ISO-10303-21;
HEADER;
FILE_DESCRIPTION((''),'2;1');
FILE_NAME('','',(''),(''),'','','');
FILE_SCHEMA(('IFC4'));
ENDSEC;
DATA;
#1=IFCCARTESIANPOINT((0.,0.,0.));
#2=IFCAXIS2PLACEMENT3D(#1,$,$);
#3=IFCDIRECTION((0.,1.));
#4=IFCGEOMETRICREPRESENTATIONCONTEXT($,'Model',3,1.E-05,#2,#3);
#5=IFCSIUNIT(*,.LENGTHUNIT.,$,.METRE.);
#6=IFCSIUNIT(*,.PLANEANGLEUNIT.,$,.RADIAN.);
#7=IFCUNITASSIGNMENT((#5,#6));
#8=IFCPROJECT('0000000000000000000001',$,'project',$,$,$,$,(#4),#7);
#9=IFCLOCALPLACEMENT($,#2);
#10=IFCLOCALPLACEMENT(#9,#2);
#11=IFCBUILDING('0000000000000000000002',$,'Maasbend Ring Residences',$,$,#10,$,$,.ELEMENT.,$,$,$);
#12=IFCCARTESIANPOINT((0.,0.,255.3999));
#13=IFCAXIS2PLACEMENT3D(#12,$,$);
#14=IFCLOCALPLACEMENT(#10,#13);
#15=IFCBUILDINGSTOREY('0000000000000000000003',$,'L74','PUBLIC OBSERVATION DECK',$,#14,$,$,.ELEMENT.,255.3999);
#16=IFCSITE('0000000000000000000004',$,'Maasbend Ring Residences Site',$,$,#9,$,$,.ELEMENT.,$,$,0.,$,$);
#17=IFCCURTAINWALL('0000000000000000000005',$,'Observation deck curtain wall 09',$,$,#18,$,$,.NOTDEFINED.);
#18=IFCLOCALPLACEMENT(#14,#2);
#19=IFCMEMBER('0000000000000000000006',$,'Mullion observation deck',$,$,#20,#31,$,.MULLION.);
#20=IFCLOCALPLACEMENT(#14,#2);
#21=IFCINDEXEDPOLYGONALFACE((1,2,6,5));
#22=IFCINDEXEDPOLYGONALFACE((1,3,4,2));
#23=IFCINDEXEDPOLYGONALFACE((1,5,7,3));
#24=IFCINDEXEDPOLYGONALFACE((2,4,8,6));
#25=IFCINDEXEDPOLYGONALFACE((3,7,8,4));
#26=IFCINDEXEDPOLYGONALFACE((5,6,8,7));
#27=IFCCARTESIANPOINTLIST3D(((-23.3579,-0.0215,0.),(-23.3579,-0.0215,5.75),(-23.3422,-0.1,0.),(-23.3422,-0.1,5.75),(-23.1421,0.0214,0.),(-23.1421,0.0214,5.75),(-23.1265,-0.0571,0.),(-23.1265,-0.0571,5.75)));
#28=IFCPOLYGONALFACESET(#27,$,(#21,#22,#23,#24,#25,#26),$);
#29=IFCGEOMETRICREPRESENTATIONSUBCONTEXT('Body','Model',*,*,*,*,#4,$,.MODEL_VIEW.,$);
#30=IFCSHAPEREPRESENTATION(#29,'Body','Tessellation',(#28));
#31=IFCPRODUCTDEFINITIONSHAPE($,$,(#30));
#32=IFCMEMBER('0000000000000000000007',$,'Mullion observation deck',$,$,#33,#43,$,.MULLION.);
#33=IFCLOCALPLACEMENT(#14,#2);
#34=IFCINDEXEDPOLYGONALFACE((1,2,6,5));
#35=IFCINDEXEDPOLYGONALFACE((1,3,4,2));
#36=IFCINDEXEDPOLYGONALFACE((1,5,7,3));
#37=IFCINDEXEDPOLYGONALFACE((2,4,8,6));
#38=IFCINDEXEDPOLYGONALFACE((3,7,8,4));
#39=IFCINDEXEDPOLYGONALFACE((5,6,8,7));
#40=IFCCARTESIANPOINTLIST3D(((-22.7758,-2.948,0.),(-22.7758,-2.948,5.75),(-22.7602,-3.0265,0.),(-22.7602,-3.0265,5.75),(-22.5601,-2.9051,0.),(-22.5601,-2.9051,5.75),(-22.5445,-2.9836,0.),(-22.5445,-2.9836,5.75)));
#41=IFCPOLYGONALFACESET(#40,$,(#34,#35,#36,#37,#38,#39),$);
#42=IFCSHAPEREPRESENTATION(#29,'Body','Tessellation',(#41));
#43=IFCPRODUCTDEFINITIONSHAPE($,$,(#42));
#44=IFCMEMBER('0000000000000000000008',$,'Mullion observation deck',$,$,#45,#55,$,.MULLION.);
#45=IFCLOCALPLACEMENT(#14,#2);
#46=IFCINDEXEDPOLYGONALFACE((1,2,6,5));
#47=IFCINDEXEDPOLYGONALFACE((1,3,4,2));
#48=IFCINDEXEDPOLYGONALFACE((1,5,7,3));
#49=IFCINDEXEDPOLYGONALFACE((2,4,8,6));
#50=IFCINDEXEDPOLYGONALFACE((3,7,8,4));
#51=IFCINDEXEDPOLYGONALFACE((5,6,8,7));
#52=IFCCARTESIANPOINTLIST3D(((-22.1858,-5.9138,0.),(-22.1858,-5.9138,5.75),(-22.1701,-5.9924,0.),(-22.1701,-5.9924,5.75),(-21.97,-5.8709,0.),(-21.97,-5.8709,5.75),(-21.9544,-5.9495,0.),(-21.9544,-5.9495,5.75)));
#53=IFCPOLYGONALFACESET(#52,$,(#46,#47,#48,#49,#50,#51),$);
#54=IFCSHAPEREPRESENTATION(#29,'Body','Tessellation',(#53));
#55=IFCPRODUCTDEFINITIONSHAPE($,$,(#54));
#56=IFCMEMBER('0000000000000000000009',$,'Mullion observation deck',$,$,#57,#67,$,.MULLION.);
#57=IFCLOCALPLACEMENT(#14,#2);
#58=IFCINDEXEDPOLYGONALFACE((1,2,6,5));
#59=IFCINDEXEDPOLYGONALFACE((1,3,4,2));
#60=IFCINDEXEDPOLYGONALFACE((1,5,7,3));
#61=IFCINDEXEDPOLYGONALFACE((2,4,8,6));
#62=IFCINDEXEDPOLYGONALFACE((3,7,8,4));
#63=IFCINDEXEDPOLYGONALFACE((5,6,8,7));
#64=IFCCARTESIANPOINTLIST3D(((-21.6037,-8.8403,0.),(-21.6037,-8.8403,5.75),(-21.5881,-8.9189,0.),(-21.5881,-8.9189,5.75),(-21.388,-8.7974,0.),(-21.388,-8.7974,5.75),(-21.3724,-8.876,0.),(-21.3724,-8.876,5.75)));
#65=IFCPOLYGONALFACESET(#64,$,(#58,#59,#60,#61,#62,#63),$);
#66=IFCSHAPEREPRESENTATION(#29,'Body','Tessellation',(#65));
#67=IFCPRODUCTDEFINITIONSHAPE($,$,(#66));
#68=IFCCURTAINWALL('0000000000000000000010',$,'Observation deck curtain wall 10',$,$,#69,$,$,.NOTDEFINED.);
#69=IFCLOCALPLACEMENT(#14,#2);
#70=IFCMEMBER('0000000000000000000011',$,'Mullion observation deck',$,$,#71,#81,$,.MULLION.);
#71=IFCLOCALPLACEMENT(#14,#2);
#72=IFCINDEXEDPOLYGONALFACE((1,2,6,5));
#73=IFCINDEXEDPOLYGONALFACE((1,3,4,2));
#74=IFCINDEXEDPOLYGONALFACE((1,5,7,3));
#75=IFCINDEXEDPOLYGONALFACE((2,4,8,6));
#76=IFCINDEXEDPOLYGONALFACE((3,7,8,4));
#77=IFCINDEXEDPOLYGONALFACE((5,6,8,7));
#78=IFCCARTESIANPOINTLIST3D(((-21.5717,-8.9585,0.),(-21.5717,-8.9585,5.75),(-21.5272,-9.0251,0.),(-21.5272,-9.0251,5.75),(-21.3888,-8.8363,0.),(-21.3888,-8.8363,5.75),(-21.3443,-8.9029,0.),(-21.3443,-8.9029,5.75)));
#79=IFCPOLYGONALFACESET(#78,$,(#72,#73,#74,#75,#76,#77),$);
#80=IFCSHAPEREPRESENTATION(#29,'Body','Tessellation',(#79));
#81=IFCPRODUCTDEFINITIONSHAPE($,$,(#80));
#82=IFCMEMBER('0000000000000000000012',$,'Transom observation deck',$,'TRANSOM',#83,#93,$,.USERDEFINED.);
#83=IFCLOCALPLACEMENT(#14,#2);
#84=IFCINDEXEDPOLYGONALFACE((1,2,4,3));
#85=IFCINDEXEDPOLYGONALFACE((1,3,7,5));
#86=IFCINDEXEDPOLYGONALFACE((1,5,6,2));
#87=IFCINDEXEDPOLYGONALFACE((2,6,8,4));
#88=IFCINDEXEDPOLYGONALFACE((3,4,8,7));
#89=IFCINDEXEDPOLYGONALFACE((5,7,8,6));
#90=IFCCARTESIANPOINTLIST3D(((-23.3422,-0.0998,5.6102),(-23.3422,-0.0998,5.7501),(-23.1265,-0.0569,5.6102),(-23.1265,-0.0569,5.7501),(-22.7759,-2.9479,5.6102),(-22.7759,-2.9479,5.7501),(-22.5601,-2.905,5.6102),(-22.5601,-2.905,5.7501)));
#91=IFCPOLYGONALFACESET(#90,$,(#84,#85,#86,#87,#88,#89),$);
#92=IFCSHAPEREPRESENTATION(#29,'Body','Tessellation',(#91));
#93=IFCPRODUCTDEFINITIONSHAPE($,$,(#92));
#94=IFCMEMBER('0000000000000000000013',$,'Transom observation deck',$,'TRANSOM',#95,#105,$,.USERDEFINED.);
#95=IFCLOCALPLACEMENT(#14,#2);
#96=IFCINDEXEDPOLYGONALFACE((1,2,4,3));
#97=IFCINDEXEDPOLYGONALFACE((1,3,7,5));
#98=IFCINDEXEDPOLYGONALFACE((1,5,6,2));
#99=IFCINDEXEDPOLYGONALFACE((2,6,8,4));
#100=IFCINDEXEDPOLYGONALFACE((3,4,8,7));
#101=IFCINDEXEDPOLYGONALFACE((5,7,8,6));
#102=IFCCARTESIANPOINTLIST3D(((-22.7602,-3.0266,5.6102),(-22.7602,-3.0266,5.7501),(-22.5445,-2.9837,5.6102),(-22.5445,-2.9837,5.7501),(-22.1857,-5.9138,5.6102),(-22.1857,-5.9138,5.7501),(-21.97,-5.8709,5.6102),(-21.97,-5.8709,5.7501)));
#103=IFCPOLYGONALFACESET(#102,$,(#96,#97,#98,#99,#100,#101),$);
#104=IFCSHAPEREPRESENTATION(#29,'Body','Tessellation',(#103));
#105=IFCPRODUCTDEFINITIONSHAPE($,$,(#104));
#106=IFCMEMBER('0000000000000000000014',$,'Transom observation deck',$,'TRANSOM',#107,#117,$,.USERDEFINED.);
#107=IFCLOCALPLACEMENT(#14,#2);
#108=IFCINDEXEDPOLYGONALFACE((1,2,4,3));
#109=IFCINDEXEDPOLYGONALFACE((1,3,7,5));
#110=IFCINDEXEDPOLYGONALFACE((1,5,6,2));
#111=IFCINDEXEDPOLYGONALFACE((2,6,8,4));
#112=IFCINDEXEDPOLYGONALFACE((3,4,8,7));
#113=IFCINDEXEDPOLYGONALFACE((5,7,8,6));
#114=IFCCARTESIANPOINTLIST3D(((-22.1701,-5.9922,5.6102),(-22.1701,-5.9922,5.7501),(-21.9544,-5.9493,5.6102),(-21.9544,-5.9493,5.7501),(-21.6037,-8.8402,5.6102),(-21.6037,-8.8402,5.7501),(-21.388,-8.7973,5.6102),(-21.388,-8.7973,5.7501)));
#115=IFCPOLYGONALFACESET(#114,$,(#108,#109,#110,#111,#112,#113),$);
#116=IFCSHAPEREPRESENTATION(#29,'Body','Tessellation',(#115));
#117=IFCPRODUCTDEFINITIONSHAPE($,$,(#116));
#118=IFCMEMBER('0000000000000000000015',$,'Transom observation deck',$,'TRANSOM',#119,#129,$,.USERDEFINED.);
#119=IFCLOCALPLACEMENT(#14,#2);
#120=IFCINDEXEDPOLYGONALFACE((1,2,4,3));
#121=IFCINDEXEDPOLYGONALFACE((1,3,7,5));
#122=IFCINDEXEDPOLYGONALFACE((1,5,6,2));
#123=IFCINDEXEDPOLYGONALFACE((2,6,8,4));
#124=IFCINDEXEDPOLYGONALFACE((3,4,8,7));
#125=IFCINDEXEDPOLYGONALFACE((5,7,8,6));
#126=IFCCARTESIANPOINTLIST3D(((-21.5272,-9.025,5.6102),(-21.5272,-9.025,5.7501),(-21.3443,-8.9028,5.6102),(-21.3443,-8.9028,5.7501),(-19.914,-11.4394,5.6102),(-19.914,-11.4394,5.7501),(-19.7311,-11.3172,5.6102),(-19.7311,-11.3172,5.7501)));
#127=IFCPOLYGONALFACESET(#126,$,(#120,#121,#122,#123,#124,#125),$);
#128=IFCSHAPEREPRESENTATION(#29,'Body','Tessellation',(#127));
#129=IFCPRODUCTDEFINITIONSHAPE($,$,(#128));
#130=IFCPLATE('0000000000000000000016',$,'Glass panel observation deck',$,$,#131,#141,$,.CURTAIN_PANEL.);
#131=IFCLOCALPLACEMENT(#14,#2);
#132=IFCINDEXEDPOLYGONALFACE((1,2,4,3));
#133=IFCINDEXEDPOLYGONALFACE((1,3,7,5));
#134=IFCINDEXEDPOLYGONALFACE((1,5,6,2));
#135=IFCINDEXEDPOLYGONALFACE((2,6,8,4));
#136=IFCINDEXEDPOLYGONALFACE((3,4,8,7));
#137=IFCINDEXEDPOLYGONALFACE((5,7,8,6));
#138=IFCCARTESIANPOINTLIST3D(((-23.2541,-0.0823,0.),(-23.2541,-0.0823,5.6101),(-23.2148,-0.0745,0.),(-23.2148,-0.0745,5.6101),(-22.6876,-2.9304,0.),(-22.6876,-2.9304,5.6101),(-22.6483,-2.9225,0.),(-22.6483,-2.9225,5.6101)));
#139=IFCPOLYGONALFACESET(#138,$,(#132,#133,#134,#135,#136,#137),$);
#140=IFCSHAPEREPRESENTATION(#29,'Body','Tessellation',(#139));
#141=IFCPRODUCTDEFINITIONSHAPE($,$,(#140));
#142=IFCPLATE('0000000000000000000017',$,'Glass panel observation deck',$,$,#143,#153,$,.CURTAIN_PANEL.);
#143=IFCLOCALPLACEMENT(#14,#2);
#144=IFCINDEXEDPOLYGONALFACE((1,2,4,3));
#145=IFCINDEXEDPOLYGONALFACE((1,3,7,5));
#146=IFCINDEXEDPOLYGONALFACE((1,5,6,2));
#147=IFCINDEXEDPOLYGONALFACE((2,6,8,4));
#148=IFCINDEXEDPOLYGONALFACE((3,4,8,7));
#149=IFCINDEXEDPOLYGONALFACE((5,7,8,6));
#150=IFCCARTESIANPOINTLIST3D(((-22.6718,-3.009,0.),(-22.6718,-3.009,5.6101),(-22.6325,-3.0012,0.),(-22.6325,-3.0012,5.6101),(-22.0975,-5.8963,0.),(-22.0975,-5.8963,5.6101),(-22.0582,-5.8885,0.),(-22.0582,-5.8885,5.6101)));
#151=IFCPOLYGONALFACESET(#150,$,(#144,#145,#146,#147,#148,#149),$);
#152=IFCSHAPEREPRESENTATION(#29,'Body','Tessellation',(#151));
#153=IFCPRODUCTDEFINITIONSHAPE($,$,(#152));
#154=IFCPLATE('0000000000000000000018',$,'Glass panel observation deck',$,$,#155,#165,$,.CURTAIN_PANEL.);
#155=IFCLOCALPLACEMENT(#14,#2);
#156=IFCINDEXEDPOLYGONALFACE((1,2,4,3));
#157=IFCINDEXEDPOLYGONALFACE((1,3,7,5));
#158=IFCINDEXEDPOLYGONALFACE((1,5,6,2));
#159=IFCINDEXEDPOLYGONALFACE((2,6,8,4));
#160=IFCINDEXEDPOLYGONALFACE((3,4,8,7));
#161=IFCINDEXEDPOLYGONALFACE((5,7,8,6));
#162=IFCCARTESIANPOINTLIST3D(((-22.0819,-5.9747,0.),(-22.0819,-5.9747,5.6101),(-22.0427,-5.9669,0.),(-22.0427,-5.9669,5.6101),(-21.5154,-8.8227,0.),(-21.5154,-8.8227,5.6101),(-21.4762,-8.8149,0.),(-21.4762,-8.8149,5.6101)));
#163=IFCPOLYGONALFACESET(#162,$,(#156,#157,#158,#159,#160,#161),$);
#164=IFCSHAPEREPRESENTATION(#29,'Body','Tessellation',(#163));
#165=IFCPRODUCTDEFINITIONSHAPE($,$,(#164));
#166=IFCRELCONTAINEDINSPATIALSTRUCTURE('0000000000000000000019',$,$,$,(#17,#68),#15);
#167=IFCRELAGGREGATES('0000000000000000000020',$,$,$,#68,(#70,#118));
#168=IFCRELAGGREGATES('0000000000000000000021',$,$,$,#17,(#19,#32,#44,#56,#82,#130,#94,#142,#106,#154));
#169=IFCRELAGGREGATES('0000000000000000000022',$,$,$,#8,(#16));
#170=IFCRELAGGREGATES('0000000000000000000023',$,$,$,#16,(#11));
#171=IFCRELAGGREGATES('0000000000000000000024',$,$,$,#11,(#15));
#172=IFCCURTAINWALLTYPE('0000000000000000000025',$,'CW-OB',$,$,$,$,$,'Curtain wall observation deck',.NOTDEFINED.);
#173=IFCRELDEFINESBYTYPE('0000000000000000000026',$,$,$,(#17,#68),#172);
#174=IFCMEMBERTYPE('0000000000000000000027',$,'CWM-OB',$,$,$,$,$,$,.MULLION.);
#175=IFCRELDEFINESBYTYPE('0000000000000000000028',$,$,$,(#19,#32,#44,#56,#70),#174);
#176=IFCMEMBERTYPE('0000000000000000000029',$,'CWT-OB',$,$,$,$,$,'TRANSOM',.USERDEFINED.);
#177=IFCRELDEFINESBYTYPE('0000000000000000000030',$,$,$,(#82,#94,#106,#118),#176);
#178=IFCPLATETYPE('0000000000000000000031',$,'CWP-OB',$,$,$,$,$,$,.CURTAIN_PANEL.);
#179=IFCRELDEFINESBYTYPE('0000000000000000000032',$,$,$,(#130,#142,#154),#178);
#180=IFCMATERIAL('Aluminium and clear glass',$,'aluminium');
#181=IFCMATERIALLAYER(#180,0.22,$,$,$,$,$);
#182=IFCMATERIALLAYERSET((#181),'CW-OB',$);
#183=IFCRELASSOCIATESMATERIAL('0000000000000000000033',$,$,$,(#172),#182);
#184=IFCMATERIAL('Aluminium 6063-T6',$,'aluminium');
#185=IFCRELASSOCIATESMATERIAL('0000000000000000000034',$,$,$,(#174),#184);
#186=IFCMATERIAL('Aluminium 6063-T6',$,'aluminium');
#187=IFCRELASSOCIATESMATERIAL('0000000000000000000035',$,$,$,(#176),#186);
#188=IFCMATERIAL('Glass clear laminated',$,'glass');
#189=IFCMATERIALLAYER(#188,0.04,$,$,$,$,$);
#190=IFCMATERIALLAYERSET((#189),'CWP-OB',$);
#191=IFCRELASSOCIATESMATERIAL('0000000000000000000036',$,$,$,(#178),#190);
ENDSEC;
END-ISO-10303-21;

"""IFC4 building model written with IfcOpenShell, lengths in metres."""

from ifc_helpers import new_model, si_unit, direction, frame, origin, origin_2d, place, context, subcontext, project, spatial, rectangle, extrude, material, layer, layer_set, material_profile, profile_set, type_object, element, aggregate, save


model = new_model("IFC4")

# Units and contexts
model_context = context("Model", 3, precision=1e-05, world=origin(), true_north=direction((0.0, 1.0)))
body_context = subcontext(model_context, "Body", "Model", "MODEL_VIEW")
ifc_project = project(units=[si_unit("LENGTHUNIT", "METRE"), si_unit("PLANEANGLEUNIT", "RADIAN")], contexts=[model_context])

# Site, building, storey
site_placement = place(None, origin())
site = spatial("IfcSite", under=ifc_project, at=site_placement, Name="Maasbend Ring Residences Site", CompositionType="ELEMENT", RefElevation=0.0)
building_placement = place(site_placement, origin())
building = spatial("IfcBuilding", under=site, at=building_placement, Name="Maasbend Ring Residences", CompositionType="ELEMENT")
storey_placement = place(building_placement, frame((0.0, 0.0, 255.3999)))
storey = spatial("IfcBuildingStorey", under=building, at=storey_placement, Name="L74", Description="PUBLIC OBSERVATION DECK", CompositionType="ELEMENT", Elevation=255.3999)

# Curtain wall, members
ifc_material_1 = material(Name="Aluminium and clear glass", Category="aluminium")
ifc_layer_1 = layer(ifc_material_1, 0.22)
ifc_layer_set_1 = layer_set([ifc_layer_1], Name="CW-OB")
curtain_wall_type = type_object("IfcCurtainWallType", Name="CW-OB", ElementType="Curtain wall observation deck", PredefinedType="NOTDEFINED", material=ifc_layer_set_1)
curtain_wall_1_placement = place(storey_placement, origin())
curtain_wall_1 = element("IfcCurtainWall", 1, at=curtain_wall_1_placement, inside=storey, type_object=curtain_wall_type, Name="Observation deck curtain wall 09", PredefinedType="NOTDEFINED")
ifc_material_2 = material(Name="Aluminium 6063-T6", Category="aluminium")
ifc_material_profile_1 = material_profile(ifc_material_2, rectangle(XDim=0.22, YDim=0.0801, at=origin_2d()), Name="AL 220x80")
ifc_profile_set_1 = profile_set([ifc_material_profile_1], Name="Aluminium 6063-T6")
member_type_1 = type_object("IfcMemberType", Name="CWM-OB", PredefinedType="MULLION", material=ifc_profile_set_1)
member_1_placement = place(storey_placement, frame((-23.2422, -0.0393, 0.0), z_axis=(0.0, 0.0, 1.0), x_axis=(0.980785, 0.19509, 0.0)))
member_1 = element("IfcMember", 2, at=member_1_placement, type_object=member_type_1, Name="Mullion observation deck", PredefinedType="MULLION", context=body_context, shape_type="SweptSolid", body=[
    extrude(rectangle(XDim=0.22, YDim=0.0801, at=origin_2d()), origin(), (0.0, 0.0, 1.0), 5.75),
])
member_2_placement = place(storey_placement, frame((-22.6602, -2.9658, 0.0), z_axis=(0.0, 0.0, 1.0), x_axis=(0.980785, 0.19509, 0.0)))
member_2 = element("IfcMember", 3, at=member_2_placement, type_object=member_type_1, Name="Mullion observation deck", PredefinedType="MULLION", context=body_context, shape_type="SweptSolid", body=[
    extrude(rectangle(XDim=0.22, YDim=0.0801, at=origin_2d()), origin(), (0.0, 0.0, 1.0), 5.75),
])
member_3_placement = place(storey_placement, frame((-22.0701, -5.9316, 0.0), z_axis=(0.0, 0.0, 1.0), x_axis=(0.980785, 0.19509, 0.0)))
member_3 = element("IfcMember", 4, at=member_3_placement, type_object=member_type_1, Name="Mullion observation deck", PredefinedType="MULLION", context=body_context, shape_type="SweptSolid", body=[
    extrude(rectangle(XDim=0.22, YDim=0.0801, at=origin_2d()), origin(), (0.0, 0.0, 1.0), 5.75),
])
member_4_placement = place(storey_placement, frame((-21.488, -8.8582, 0.0), z_axis=(0.0, 0.0, 1.0), x_axis=(0.980785, 0.19509, 0.0)))
member_4 = element("IfcMember", 5, at=member_4_placement, type_object=member_type_1, Name="Mullion observation deck", PredefinedType="MULLION", context=body_context, shape_type="SweptSolid", body=[
    extrude(rectangle(XDim=0.22, YDim=0.0801, at=origin_2d()), origin(), (0.0, 0.0, 1.0), 5.75),
])

# Curtain wall, member
curtain_wall_2_placement = place(storey_placement, origin())
curtain_wall_2 = element("IfcCurtainWall", 6, at=curtain_wall_2_placement, inside=storey, type_object=curtain_wall_type, Name="Observation deck curtain wall 10", PredefinedType="NOTDEFINED")
member_5_placement = place(storey_placement, frame((-21.458, -8.9307, 0.0), z_axis=(0.0, 0.0, 1.0), x_axis=(0.83147, 0.55557, 0.0)))
member_5 = element("IfcMember", 7, at=member_5_placement, type_object=member_type_1, Name="Mullion observation deck", PredefinedType="MULLION", context=body_context, shape_type="SweptSolid", body=[
    extrude(rectangle(XDim=0.22, YDim=0.0801, at=origin_2d()), origin(), (0.0, 0.0, 1.0), 5.75),
])

# Members
ifc_material_3 = material(Name="Aluminium 6063-T6", Category="aluminium")
ifc_material_profile_2 = material_profile(ifc_material_3, rectangle(XDim=0.22, YDim=0.1399, at=origin_2d()), Name="AL 220x140")
ifc_profile_set_2 = profile_set([ifc_material_profile_2], Name="Aluminium 6063-T6")
member_type_2 = type_object("IfcMemberType", Name="CWT-OB", ElementType="TRANSOM", PredefinedType="USERDEFINED", material=ifc_profile_set_2)
member_6_placement = place(storey_placement, frame((-23.2344, -0.0784, 5.6802), z_axis=(0.195049, -0.980794, 0.0), x_axis=(0.980794, 0.195049, 0.0)))
member_6 = element("IfcMember", 8, at=member_6_placement, type_object=member_type_2, Name="Transom observation deck", ObjectType="TRANSOM", PredefinedType="USERDEFINED", context=body_context, shape_type="SweptSolid", body=[
    extrude(rectangle(XDim=0.22, YDim=0.1399, at=origin_2d()), origin(), (0.0, 0.0, 1.0), 2.9038),
])
member_7_placement = place(storey_placement, frame((-22.6523, -3.0051, 5.6802), z_axis=(0.195143, -0.980775, 0.0), x_axis=(0.980775, 0.195143, 0.0)))
member_7 = element("IfcMember", 9, at=member_7_placement, type_object=member_type_2, Name="Transom observation deck", ObjectType="TRANSOM", PredefinedType="USERDEFINED", context=body_context, shape_type="SweptSolid", body=[
    extrude(rectangle(XDim=0.22, YDim=0.1399, at=origin_2d()), origin(), (0.0, 0.0, 1.0), 2.9438),
])
member_8_placement = place(storey_placement, frame((-22.0623, -5.9707, 5.6802), z_axis=(0.195049, -0.980794, 0.0), x_axis=(0.980794, 0.195049, 0.0)))
member_8 = element("IfcMember", 10, at=member_8_placement, type_object=member_type_2, Name="Transom observation deck", ObjectType="TRANSOM", PredefinedType="USERDEFINED", context=body_context, shape_type="SweptSolid", body=[
    extrude(rectangle(XDim=0.22, YDim=0.1399, at=origin_2d()), origin(), (0.0, 0.0, 1.0), 2.9038),
])
member_9_placement = place(storey_placement, frame((-21.4358, -8.9639, 5.6802), z_axis=(0.555554, -0.831481, 0.0), x_axis=(0.831481, 0.555554, 0.0)))
member_9 = element("IfcMember", 11, at=member_9_placement, type_object=member_type_2, Name="Transom observation deck", ObjectType="TRANSOM", PredefinedType="USERDEFINED", context=body_context, shape_type="SweptSolid", body=[
    extrude(rectangle(XDim=0.22, YDim=0.1399, at=origin_2d()), origin(), (0.0, 0.0, 1.0), 2.9038),
])
aggregate(curtain_wall_2, [member_5, member_9])

# Plates
ifc_material_4 = material(Name="Glass clear laminated", Category="glass")
ifc_layer_2 = layer(ifc_material_4, 0.04)
ifc_layer_set_2 = layer_set([ifc_layer_2], Name="CWP-OB")
plate_type = type_object("IfcPlateType", Name="CWP-OB", PredefinedType="CURTAIN_PANEL", material=ifc_layer_set_2)
plate_1_placement = place(storey_placement, frame((-22.9512, -1.5024, 0.0), z_axis=(0.0, 0.0, 1.0), x_axis=(0.19509, -0.980785, 0.0)))
plate_1 = element("IfcPlate", 12, at=plate_1_placement, type_object=plate_type, Name="Glass panel observation deck", PredefinedType="CURTAIN_PANEL", context=body_context, shape_type="SweptSolid", body=[
    extrude(rectangle(XDim=2.9038, YDim=0.04, at=origin_2d()), origin(), (0.0, 0.0, 1.0), 5.6101),
])
plate_2_placement = place(storey_placement, frame((-22.365, -4.4487, 0.0), z_axis=(0.0, 0.0, 1.0), x_axis=(0.19509, -0.980785, 0.0)))
plate_2 = element("IfcPlate", 13, at=plate_2_placement, type_object=plate_type, Name="Glass panel observation deck", PredefinedType="CURTAIN_PANEL", context=body_context, shape_type="SweptSolid", body=[
    extrude(rectangle(XDim=2.9438, YDim=0.04, at=origin_2d()), origin(), (0.0, 0.0, 1.0), 5.6101),
])
plate_3_placement = place(storey_placement, frame((-21.7791, -7.3948, 0.0), z_axis=(0.0, 0.0, 1.0), x_axis=(0.19509, -0.980785, 0.0)))
plate_3 = element("IfcPlate", 14, at=plate_3_placement, type_object=plate_type, Name="Glass panel observation deck", PredefinedType="CURTAIN_PANEL", context=body_context, shape_type="SweptSolid", body=[
    extrude(rectangle(XDim=2.9038, YDim=0.04, at=origin_2d()), origin(), (0.0, 0.0, 1.0), 5.6101),
])
aggregate(curtain_wall_1, [member_1, member_2, member_3, member_4, member_6, plate_1, member_7, plate_2, member_8, plate_3])

save(model, "model.ifc")
